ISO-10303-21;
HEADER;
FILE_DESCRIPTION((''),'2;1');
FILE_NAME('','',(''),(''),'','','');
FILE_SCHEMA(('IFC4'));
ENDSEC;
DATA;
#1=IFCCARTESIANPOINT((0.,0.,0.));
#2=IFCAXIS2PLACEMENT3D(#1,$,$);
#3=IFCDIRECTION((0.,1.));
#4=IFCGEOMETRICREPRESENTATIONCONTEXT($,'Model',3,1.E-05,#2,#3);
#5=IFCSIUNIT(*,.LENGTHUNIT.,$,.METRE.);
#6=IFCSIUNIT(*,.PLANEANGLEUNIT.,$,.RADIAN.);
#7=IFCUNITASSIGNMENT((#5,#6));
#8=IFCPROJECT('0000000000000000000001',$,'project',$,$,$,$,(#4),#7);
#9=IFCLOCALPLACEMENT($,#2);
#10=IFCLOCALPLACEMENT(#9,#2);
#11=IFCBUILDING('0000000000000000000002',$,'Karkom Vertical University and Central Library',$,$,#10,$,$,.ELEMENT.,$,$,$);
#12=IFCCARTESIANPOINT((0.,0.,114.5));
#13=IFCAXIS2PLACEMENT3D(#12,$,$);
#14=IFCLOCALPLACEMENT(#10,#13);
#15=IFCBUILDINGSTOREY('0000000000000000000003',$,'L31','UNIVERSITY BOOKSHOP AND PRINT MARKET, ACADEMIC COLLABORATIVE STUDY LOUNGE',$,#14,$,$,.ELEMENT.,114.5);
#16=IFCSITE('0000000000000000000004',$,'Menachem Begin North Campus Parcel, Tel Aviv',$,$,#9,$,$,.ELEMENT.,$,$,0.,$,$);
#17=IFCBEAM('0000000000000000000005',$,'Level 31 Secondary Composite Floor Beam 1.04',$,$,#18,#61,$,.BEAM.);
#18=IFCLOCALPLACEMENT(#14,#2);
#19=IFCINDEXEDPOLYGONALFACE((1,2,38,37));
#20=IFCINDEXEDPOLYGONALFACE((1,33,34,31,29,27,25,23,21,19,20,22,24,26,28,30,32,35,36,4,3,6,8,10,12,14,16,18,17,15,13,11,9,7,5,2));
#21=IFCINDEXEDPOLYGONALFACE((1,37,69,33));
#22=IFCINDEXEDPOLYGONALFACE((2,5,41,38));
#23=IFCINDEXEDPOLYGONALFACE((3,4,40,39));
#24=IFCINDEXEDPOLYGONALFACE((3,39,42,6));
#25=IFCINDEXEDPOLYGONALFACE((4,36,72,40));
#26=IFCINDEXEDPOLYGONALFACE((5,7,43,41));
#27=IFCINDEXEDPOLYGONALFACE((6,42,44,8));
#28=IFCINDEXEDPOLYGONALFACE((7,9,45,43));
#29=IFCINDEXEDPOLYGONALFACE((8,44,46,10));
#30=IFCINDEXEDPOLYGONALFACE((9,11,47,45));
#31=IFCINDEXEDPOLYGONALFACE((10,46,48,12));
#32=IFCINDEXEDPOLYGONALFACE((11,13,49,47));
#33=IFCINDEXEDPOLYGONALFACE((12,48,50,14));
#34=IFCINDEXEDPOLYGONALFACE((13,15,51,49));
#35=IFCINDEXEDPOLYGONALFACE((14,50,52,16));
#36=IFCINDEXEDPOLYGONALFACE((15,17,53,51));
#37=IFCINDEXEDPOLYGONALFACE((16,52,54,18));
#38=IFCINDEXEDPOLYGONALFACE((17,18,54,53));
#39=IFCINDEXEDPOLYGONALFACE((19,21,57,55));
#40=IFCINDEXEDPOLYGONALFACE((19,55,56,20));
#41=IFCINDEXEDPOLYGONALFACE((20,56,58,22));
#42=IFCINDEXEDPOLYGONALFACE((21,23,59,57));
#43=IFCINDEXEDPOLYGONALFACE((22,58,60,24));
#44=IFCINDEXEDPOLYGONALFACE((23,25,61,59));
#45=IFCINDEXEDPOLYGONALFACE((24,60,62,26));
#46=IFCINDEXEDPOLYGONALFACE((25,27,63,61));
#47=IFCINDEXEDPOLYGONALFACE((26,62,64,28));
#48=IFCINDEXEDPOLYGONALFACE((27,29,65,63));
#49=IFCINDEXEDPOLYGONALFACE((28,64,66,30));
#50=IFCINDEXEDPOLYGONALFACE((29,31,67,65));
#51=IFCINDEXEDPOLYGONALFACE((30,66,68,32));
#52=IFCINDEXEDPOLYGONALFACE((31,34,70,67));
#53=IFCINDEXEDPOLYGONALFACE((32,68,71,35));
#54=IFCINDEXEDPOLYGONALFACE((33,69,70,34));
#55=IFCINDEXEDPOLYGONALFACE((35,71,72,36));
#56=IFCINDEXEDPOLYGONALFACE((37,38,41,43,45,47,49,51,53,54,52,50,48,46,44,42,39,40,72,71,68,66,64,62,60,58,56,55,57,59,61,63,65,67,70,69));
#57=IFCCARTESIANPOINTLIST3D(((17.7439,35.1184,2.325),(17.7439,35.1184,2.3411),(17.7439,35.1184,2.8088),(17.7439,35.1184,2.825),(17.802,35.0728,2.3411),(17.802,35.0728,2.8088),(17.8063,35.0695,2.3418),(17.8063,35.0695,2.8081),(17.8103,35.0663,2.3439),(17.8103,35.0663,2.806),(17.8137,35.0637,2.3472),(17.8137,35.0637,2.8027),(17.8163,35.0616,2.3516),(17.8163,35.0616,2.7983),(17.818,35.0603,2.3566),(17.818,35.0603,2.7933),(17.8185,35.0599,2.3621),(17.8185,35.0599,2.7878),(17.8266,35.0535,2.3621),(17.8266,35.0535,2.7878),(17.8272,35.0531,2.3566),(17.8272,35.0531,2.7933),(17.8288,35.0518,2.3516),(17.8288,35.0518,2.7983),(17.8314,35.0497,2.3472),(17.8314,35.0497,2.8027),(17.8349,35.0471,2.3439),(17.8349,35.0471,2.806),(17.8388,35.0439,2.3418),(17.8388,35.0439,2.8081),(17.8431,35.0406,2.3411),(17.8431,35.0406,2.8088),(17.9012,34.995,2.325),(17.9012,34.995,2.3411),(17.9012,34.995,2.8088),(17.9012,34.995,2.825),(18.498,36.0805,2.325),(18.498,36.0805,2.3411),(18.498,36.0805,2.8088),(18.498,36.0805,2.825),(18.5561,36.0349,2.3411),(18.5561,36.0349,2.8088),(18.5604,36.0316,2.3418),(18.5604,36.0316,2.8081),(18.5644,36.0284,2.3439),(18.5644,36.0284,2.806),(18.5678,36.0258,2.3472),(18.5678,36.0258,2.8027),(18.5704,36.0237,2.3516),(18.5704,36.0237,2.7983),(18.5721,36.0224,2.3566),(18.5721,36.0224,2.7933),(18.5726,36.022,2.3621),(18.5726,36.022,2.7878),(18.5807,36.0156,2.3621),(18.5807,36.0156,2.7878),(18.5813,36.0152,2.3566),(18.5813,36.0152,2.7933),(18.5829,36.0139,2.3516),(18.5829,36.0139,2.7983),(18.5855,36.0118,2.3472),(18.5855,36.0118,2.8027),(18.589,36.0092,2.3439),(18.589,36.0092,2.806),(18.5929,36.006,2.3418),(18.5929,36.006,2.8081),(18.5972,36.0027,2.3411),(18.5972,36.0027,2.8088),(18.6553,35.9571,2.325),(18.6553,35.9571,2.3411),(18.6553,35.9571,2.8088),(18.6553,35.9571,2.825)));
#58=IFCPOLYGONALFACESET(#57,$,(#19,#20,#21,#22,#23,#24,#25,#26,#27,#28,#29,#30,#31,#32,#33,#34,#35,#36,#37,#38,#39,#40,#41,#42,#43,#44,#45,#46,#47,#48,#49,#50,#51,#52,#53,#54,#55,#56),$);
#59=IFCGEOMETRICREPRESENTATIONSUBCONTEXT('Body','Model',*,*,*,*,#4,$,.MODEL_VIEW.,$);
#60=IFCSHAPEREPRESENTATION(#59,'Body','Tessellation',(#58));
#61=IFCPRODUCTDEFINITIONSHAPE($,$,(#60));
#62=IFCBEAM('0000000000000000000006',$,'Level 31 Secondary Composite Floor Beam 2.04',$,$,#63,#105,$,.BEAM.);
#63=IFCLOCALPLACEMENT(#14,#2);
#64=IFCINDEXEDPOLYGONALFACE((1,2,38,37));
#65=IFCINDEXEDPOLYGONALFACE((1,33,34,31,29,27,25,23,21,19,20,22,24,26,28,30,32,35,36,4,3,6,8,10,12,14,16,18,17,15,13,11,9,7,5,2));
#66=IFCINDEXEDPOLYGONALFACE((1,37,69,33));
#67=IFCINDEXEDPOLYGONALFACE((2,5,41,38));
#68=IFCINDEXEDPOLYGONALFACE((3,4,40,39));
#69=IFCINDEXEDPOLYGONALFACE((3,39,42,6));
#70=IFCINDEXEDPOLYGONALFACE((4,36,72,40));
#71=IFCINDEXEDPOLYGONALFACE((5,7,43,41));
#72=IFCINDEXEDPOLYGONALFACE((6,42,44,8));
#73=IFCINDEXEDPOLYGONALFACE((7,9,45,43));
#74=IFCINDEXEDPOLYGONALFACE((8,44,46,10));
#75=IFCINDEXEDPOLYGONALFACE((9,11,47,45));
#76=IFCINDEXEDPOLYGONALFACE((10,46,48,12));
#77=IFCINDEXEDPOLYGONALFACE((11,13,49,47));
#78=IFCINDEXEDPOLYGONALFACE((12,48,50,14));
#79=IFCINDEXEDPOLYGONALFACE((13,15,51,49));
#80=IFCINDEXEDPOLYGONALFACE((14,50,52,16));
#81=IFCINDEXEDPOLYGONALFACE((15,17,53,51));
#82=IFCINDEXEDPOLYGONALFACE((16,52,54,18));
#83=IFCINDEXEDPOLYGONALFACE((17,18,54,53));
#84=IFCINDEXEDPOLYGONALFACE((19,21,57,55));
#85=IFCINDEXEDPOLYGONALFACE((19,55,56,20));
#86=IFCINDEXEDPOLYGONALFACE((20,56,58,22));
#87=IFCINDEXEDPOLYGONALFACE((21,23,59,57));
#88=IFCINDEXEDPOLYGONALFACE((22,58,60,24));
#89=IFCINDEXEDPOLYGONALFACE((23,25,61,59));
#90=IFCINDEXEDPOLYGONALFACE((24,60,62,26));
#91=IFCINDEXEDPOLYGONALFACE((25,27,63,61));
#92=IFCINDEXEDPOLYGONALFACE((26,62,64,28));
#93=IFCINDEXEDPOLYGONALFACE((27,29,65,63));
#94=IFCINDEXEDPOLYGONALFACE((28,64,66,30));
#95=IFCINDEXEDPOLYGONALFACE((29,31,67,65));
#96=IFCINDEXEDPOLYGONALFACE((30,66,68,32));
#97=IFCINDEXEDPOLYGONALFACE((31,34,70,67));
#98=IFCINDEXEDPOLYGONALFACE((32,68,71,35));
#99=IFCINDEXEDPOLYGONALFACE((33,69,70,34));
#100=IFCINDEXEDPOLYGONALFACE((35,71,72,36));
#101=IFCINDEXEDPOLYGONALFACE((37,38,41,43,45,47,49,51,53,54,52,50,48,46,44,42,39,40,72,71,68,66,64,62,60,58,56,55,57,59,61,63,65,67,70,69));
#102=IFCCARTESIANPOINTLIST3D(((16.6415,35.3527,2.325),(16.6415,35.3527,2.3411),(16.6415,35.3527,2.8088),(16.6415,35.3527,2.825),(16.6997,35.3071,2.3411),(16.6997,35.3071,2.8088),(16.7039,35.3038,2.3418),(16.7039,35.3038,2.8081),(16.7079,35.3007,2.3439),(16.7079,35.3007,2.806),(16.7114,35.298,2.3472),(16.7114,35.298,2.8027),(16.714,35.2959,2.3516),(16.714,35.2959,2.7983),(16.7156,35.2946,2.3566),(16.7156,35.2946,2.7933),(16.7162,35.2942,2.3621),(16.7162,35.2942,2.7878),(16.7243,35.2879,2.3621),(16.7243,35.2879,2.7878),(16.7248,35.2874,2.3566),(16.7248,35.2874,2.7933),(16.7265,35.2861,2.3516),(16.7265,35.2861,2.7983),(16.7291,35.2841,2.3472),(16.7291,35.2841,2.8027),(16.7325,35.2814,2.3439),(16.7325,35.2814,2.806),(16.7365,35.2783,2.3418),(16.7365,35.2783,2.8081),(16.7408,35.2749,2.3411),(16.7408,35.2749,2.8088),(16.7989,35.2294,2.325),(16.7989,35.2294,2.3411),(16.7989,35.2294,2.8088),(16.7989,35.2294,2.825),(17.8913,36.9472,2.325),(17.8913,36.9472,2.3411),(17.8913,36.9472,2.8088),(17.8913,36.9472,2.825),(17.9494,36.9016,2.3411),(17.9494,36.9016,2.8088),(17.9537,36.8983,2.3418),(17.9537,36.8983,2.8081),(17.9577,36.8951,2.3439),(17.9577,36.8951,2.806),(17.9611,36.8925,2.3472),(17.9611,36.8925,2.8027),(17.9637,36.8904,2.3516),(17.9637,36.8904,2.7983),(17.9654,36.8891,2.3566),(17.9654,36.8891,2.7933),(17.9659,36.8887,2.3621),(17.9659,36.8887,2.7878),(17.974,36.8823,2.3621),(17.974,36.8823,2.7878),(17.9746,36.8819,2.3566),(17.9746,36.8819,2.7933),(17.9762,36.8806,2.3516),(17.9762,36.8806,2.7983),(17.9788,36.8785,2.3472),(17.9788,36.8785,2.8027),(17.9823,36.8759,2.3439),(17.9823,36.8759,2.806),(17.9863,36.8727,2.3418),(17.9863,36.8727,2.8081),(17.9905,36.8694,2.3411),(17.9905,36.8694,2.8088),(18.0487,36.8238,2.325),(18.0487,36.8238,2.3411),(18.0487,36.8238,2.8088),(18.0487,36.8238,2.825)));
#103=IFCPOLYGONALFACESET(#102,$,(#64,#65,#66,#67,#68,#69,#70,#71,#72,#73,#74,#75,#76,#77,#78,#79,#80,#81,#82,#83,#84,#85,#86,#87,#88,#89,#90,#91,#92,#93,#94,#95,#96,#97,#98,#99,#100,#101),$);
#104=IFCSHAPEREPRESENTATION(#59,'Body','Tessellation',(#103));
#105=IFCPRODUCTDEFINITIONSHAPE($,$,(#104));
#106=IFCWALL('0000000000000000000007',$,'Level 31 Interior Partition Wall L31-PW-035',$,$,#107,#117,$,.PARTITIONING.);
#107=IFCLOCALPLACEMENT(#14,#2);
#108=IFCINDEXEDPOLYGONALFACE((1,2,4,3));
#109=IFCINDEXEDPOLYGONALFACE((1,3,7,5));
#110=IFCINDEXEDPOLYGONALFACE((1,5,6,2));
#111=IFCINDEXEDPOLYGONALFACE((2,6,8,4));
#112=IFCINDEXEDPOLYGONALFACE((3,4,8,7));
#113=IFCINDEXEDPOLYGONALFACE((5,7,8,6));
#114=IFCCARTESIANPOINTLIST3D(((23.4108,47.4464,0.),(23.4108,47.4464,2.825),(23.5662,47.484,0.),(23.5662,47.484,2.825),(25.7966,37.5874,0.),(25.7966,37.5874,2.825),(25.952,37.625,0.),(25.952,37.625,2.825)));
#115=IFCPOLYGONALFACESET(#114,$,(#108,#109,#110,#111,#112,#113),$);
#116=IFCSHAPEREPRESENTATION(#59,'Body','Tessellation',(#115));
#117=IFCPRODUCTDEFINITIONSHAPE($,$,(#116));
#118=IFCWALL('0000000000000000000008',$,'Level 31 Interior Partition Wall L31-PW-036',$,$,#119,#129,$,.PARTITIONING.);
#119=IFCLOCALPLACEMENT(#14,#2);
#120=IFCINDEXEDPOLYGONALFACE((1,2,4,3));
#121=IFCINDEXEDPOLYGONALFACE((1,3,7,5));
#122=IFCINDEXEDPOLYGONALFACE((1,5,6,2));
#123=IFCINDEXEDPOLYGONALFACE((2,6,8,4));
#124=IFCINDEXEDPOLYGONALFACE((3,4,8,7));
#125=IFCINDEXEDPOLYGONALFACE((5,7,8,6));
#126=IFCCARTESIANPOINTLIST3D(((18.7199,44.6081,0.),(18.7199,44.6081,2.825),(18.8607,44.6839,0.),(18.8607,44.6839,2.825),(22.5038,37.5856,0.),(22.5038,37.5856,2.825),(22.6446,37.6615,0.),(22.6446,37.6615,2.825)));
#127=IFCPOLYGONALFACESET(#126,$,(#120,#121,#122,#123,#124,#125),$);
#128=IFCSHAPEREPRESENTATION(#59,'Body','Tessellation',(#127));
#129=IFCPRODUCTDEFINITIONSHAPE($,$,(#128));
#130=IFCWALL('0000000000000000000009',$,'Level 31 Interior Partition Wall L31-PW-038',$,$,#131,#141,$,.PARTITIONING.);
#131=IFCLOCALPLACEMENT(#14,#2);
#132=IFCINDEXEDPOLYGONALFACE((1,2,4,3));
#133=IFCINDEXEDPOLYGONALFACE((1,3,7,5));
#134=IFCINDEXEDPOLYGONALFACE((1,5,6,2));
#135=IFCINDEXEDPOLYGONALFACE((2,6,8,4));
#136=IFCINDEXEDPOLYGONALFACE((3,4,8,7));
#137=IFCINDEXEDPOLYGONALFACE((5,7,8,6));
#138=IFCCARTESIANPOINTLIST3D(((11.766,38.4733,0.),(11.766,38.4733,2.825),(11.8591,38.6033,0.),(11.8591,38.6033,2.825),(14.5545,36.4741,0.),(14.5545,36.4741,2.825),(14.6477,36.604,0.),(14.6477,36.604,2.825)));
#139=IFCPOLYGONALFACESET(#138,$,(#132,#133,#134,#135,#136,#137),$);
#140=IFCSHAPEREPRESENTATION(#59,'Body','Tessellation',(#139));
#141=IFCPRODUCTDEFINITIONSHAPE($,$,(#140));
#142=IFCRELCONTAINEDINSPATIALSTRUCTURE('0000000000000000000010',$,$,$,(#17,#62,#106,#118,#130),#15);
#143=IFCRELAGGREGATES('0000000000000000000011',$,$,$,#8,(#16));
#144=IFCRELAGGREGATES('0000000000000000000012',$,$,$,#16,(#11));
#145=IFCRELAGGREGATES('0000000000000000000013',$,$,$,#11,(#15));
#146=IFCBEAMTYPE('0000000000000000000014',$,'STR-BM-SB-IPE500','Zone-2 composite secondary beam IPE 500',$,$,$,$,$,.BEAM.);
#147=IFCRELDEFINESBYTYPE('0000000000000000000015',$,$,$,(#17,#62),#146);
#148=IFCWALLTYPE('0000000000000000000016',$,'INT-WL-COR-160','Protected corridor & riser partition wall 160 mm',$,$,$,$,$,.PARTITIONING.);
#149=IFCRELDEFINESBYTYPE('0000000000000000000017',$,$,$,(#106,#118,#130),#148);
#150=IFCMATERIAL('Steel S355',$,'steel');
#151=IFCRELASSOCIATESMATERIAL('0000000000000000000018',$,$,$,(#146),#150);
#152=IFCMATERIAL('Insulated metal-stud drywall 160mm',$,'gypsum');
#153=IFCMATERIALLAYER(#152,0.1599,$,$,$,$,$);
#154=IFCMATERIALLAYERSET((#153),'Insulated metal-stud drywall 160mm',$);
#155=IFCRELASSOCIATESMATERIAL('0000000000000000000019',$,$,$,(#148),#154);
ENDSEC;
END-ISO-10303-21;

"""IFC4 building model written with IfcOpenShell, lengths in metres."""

from ifc_helpers import new_model, si_unit, direction, frame, frame_2d, origin, origin_with_axes, origin_2d, place, context, subcontext, project, spatial, rectangle, i_section, extrude, source, transform, mapped, material, layer, layer_set, material_profile, profile_set, type_object, element, save


model = new_model("IFC4")

# Units and contexts
model_context = context("Model", 3, precision=1e-05, world=origin(), true_north=direction((0.0, 1.0)))
body_context = subcontext(model_context, "Body", "Model", "MODEL_VIEW")
ifc_project = project(units=[si_unit("LENGTHUNIT", "METRE"), si_unit("PLANEANGLEUNIT", "RADIAN")], contexts=[model_context])

# Site, building, storey
site_placement = place(None, origin())
site = spatial("IfcSite", under=ifc_project, at=site_placement, Name="Menachem Begin North Campus Parcel, Tel Aviv", CompositionType="ELEMENT", RefElevation=0.0)
building_placement = place(site_placement, origin())
building = spatial("IfcBuilding", under=site, at=building_placement, Name="Karkom Vertical University and Central Library", CompositionType="ELEMENT")
storey_placement = place(building_placement, frame((0.0, 0.0, 114.5)))
storey = spatial("IfcBuildingStorey", under=building, at=storey_placement, Name="L31", Description="UNIVERSITY BOOKSHOP AND PRINT MARKET, ACADEMIC COLLABORATIVE STUDY LOUNGE", CompositionType="ELEMENT", Elevation=114.5)

# Beams
ifc_material_1 = material(Name="Steel S355", Category="steel")
ifc_material_profile = material_profile(ifc_material_1, i_section(OverallWidth=0.2, OverallDepth=0.5, WebThickness=0.0103, FlangeThickness=0.0161, FilletRadius=0.021, at=origin_2d()), Name="IPE 500")
ifc_profile_set = profile_set([ifc_material_profile], Name="Steel S355")
beam_type = type_object("IfcBeamType", Name="STR-BM-SB-IPE500", Description="Zone-2 composite secondary beam IPE 500", PredefinedType="BEAM", material=ifc_profile_set)
shared_shape_1 = source(origin_with_axes(), body_context, "Body", "SweptSolid", [
    extrude(i_section(OverallWidth=0.2, OverallDepth=0.5, WebThickness=0.0103, FlangeThickness=0.0161, FilletRadius=0.021, at=origin_2d()), origin(), (0.0, 0.0, 1.0), 1.2224),
])
beam_1_placement = place(storey_placement, frame((18.5767, 36.0188, 2.575), z_axis=(-0.616895, -0.787045, 0.0), x_axis=(0.787045, -0.616895, 0.0)))
element("IfcBeam", 1, at=beam_1_placement, inside=storey, type_object=beam_type, Name="Level 31 Secondary Composite Floor Beam 1.04", PredefinedType="BEAM", context=body_context, shape_type="MappedRepresentation", body=[
    mapped(shared_shape_1, transform((0.0, 0.0, 0.0), scale=1.0)),
])
shared_shape_2 = source(origin_with_axes(), body_context, "Body", "SweptSolid", [
    extrude(i_section(OverallWidth=0.2, OverallDepth=0.5, WebThickness=0.0103, FlangeThickness=0.0161, FilletRadius=0.021, at=origin_2d()), origin(), (0.0, 0.0, 1.0), 2.0259),
])
beam_2_placement = place(storey_placement, frame((17.97, 36.8855, 2.575), z_axis=(-0.61689, -0.78705, 0.0), x_axis=(0.78705, -0.61689, 0.0)))
element("IfcBeam", 2, at=beam_2_placement, inside=storey, type_object=beam_type, Name="Level 31 Secondary Composite Floor Beam 2.04", PredefinedType="BEAM", context=body_context, shape_type="MappedRepresentation", body=[
    mapped(shared_shape_2, transform((0.0, 0.0, 0.0), scale=1.0)),
])

# Walls
ifc_material_2 = material(Name="Insulated metal-stud drywall 160mm", Category="gypsum")
ifc_layer = layer(ifc_material_2, 0.1599)
ifc_layer_set = layer_set([ifc_layer], Name="Insulated metal-stud drywall 160mm")
wall_type = type_object("IfcWallType", Name="INT-WL-COR-160", Description="Protected corridor & riser partition wall 160 mm", PredefinedType="PARTITIONING", material=ifc_layer_set)
wall_1_placement = place(storey_placement, frame((25.8743, 37.6062, 0.0), z_axis=(0.0, 0.0, 1.0), x_axis=(-0.2352, 0.971947, 0.0)))
element("IfcWall", 3, at=wall_1_placement, inside=storey, type_object=wall_type, Name="Level 31 Interior Partition Wall L31-PW-035", PredefinedType="PARTITIONING", context=body_context, shape_type="SweptSolid", body=[
    extrude(rectangle(XDim=10.1436, YDim=0.1599, at=frame_2d((5.0718, 0.0))), origin(), (0.0, 0.0, 1.0), 2.825),
])
wall_2_placement = place(storey_placement, frame((22.5742, 37.6235, 0.0), z_axis=(0.0, 0.0, 1.0), x_axis=(-0.474353, 0.880334, 0.0)))
element("IfcWall", 4, at=wall_2_placement, inside=storey, type_object=wall_type, Name="Level 31 Interior Partition Wall L31-PW-036", PredefinedType="PARTITIONING", context=body_context, shape_type="SweptSolid", body=[
    extrude(rectangle(XDim=7.9771, YDim=0.1599, at=frame_2d((3.9885, 0.0))), origin(), (0.0, 0.0, 1.0), 2.825),
])
wall_3_placement = place(storey_placement, frame((14.6011, 36.5391, 0.0), z_axis=(0.0, 0.0, 1.0), x_axis=(-0.812708, 0.582671, 0.0)))
element("IfcWall", 5, at=wall_3_placement, inside=storey, type_object=wall_type, Name="Level 31 Interior Partition Wall L31-PW-038", PredefinedType="PARTITIONING", context=body_context, shape_type="SweptSolid", body=[
    extrude(rectangle(XDim=3.4312, YDim=0.1599, at=frame_2d((1.7156, 0.0))), origin(), (0.0, 0.0, 1.0), 2.825),
])

save(model, "model.ifc")
